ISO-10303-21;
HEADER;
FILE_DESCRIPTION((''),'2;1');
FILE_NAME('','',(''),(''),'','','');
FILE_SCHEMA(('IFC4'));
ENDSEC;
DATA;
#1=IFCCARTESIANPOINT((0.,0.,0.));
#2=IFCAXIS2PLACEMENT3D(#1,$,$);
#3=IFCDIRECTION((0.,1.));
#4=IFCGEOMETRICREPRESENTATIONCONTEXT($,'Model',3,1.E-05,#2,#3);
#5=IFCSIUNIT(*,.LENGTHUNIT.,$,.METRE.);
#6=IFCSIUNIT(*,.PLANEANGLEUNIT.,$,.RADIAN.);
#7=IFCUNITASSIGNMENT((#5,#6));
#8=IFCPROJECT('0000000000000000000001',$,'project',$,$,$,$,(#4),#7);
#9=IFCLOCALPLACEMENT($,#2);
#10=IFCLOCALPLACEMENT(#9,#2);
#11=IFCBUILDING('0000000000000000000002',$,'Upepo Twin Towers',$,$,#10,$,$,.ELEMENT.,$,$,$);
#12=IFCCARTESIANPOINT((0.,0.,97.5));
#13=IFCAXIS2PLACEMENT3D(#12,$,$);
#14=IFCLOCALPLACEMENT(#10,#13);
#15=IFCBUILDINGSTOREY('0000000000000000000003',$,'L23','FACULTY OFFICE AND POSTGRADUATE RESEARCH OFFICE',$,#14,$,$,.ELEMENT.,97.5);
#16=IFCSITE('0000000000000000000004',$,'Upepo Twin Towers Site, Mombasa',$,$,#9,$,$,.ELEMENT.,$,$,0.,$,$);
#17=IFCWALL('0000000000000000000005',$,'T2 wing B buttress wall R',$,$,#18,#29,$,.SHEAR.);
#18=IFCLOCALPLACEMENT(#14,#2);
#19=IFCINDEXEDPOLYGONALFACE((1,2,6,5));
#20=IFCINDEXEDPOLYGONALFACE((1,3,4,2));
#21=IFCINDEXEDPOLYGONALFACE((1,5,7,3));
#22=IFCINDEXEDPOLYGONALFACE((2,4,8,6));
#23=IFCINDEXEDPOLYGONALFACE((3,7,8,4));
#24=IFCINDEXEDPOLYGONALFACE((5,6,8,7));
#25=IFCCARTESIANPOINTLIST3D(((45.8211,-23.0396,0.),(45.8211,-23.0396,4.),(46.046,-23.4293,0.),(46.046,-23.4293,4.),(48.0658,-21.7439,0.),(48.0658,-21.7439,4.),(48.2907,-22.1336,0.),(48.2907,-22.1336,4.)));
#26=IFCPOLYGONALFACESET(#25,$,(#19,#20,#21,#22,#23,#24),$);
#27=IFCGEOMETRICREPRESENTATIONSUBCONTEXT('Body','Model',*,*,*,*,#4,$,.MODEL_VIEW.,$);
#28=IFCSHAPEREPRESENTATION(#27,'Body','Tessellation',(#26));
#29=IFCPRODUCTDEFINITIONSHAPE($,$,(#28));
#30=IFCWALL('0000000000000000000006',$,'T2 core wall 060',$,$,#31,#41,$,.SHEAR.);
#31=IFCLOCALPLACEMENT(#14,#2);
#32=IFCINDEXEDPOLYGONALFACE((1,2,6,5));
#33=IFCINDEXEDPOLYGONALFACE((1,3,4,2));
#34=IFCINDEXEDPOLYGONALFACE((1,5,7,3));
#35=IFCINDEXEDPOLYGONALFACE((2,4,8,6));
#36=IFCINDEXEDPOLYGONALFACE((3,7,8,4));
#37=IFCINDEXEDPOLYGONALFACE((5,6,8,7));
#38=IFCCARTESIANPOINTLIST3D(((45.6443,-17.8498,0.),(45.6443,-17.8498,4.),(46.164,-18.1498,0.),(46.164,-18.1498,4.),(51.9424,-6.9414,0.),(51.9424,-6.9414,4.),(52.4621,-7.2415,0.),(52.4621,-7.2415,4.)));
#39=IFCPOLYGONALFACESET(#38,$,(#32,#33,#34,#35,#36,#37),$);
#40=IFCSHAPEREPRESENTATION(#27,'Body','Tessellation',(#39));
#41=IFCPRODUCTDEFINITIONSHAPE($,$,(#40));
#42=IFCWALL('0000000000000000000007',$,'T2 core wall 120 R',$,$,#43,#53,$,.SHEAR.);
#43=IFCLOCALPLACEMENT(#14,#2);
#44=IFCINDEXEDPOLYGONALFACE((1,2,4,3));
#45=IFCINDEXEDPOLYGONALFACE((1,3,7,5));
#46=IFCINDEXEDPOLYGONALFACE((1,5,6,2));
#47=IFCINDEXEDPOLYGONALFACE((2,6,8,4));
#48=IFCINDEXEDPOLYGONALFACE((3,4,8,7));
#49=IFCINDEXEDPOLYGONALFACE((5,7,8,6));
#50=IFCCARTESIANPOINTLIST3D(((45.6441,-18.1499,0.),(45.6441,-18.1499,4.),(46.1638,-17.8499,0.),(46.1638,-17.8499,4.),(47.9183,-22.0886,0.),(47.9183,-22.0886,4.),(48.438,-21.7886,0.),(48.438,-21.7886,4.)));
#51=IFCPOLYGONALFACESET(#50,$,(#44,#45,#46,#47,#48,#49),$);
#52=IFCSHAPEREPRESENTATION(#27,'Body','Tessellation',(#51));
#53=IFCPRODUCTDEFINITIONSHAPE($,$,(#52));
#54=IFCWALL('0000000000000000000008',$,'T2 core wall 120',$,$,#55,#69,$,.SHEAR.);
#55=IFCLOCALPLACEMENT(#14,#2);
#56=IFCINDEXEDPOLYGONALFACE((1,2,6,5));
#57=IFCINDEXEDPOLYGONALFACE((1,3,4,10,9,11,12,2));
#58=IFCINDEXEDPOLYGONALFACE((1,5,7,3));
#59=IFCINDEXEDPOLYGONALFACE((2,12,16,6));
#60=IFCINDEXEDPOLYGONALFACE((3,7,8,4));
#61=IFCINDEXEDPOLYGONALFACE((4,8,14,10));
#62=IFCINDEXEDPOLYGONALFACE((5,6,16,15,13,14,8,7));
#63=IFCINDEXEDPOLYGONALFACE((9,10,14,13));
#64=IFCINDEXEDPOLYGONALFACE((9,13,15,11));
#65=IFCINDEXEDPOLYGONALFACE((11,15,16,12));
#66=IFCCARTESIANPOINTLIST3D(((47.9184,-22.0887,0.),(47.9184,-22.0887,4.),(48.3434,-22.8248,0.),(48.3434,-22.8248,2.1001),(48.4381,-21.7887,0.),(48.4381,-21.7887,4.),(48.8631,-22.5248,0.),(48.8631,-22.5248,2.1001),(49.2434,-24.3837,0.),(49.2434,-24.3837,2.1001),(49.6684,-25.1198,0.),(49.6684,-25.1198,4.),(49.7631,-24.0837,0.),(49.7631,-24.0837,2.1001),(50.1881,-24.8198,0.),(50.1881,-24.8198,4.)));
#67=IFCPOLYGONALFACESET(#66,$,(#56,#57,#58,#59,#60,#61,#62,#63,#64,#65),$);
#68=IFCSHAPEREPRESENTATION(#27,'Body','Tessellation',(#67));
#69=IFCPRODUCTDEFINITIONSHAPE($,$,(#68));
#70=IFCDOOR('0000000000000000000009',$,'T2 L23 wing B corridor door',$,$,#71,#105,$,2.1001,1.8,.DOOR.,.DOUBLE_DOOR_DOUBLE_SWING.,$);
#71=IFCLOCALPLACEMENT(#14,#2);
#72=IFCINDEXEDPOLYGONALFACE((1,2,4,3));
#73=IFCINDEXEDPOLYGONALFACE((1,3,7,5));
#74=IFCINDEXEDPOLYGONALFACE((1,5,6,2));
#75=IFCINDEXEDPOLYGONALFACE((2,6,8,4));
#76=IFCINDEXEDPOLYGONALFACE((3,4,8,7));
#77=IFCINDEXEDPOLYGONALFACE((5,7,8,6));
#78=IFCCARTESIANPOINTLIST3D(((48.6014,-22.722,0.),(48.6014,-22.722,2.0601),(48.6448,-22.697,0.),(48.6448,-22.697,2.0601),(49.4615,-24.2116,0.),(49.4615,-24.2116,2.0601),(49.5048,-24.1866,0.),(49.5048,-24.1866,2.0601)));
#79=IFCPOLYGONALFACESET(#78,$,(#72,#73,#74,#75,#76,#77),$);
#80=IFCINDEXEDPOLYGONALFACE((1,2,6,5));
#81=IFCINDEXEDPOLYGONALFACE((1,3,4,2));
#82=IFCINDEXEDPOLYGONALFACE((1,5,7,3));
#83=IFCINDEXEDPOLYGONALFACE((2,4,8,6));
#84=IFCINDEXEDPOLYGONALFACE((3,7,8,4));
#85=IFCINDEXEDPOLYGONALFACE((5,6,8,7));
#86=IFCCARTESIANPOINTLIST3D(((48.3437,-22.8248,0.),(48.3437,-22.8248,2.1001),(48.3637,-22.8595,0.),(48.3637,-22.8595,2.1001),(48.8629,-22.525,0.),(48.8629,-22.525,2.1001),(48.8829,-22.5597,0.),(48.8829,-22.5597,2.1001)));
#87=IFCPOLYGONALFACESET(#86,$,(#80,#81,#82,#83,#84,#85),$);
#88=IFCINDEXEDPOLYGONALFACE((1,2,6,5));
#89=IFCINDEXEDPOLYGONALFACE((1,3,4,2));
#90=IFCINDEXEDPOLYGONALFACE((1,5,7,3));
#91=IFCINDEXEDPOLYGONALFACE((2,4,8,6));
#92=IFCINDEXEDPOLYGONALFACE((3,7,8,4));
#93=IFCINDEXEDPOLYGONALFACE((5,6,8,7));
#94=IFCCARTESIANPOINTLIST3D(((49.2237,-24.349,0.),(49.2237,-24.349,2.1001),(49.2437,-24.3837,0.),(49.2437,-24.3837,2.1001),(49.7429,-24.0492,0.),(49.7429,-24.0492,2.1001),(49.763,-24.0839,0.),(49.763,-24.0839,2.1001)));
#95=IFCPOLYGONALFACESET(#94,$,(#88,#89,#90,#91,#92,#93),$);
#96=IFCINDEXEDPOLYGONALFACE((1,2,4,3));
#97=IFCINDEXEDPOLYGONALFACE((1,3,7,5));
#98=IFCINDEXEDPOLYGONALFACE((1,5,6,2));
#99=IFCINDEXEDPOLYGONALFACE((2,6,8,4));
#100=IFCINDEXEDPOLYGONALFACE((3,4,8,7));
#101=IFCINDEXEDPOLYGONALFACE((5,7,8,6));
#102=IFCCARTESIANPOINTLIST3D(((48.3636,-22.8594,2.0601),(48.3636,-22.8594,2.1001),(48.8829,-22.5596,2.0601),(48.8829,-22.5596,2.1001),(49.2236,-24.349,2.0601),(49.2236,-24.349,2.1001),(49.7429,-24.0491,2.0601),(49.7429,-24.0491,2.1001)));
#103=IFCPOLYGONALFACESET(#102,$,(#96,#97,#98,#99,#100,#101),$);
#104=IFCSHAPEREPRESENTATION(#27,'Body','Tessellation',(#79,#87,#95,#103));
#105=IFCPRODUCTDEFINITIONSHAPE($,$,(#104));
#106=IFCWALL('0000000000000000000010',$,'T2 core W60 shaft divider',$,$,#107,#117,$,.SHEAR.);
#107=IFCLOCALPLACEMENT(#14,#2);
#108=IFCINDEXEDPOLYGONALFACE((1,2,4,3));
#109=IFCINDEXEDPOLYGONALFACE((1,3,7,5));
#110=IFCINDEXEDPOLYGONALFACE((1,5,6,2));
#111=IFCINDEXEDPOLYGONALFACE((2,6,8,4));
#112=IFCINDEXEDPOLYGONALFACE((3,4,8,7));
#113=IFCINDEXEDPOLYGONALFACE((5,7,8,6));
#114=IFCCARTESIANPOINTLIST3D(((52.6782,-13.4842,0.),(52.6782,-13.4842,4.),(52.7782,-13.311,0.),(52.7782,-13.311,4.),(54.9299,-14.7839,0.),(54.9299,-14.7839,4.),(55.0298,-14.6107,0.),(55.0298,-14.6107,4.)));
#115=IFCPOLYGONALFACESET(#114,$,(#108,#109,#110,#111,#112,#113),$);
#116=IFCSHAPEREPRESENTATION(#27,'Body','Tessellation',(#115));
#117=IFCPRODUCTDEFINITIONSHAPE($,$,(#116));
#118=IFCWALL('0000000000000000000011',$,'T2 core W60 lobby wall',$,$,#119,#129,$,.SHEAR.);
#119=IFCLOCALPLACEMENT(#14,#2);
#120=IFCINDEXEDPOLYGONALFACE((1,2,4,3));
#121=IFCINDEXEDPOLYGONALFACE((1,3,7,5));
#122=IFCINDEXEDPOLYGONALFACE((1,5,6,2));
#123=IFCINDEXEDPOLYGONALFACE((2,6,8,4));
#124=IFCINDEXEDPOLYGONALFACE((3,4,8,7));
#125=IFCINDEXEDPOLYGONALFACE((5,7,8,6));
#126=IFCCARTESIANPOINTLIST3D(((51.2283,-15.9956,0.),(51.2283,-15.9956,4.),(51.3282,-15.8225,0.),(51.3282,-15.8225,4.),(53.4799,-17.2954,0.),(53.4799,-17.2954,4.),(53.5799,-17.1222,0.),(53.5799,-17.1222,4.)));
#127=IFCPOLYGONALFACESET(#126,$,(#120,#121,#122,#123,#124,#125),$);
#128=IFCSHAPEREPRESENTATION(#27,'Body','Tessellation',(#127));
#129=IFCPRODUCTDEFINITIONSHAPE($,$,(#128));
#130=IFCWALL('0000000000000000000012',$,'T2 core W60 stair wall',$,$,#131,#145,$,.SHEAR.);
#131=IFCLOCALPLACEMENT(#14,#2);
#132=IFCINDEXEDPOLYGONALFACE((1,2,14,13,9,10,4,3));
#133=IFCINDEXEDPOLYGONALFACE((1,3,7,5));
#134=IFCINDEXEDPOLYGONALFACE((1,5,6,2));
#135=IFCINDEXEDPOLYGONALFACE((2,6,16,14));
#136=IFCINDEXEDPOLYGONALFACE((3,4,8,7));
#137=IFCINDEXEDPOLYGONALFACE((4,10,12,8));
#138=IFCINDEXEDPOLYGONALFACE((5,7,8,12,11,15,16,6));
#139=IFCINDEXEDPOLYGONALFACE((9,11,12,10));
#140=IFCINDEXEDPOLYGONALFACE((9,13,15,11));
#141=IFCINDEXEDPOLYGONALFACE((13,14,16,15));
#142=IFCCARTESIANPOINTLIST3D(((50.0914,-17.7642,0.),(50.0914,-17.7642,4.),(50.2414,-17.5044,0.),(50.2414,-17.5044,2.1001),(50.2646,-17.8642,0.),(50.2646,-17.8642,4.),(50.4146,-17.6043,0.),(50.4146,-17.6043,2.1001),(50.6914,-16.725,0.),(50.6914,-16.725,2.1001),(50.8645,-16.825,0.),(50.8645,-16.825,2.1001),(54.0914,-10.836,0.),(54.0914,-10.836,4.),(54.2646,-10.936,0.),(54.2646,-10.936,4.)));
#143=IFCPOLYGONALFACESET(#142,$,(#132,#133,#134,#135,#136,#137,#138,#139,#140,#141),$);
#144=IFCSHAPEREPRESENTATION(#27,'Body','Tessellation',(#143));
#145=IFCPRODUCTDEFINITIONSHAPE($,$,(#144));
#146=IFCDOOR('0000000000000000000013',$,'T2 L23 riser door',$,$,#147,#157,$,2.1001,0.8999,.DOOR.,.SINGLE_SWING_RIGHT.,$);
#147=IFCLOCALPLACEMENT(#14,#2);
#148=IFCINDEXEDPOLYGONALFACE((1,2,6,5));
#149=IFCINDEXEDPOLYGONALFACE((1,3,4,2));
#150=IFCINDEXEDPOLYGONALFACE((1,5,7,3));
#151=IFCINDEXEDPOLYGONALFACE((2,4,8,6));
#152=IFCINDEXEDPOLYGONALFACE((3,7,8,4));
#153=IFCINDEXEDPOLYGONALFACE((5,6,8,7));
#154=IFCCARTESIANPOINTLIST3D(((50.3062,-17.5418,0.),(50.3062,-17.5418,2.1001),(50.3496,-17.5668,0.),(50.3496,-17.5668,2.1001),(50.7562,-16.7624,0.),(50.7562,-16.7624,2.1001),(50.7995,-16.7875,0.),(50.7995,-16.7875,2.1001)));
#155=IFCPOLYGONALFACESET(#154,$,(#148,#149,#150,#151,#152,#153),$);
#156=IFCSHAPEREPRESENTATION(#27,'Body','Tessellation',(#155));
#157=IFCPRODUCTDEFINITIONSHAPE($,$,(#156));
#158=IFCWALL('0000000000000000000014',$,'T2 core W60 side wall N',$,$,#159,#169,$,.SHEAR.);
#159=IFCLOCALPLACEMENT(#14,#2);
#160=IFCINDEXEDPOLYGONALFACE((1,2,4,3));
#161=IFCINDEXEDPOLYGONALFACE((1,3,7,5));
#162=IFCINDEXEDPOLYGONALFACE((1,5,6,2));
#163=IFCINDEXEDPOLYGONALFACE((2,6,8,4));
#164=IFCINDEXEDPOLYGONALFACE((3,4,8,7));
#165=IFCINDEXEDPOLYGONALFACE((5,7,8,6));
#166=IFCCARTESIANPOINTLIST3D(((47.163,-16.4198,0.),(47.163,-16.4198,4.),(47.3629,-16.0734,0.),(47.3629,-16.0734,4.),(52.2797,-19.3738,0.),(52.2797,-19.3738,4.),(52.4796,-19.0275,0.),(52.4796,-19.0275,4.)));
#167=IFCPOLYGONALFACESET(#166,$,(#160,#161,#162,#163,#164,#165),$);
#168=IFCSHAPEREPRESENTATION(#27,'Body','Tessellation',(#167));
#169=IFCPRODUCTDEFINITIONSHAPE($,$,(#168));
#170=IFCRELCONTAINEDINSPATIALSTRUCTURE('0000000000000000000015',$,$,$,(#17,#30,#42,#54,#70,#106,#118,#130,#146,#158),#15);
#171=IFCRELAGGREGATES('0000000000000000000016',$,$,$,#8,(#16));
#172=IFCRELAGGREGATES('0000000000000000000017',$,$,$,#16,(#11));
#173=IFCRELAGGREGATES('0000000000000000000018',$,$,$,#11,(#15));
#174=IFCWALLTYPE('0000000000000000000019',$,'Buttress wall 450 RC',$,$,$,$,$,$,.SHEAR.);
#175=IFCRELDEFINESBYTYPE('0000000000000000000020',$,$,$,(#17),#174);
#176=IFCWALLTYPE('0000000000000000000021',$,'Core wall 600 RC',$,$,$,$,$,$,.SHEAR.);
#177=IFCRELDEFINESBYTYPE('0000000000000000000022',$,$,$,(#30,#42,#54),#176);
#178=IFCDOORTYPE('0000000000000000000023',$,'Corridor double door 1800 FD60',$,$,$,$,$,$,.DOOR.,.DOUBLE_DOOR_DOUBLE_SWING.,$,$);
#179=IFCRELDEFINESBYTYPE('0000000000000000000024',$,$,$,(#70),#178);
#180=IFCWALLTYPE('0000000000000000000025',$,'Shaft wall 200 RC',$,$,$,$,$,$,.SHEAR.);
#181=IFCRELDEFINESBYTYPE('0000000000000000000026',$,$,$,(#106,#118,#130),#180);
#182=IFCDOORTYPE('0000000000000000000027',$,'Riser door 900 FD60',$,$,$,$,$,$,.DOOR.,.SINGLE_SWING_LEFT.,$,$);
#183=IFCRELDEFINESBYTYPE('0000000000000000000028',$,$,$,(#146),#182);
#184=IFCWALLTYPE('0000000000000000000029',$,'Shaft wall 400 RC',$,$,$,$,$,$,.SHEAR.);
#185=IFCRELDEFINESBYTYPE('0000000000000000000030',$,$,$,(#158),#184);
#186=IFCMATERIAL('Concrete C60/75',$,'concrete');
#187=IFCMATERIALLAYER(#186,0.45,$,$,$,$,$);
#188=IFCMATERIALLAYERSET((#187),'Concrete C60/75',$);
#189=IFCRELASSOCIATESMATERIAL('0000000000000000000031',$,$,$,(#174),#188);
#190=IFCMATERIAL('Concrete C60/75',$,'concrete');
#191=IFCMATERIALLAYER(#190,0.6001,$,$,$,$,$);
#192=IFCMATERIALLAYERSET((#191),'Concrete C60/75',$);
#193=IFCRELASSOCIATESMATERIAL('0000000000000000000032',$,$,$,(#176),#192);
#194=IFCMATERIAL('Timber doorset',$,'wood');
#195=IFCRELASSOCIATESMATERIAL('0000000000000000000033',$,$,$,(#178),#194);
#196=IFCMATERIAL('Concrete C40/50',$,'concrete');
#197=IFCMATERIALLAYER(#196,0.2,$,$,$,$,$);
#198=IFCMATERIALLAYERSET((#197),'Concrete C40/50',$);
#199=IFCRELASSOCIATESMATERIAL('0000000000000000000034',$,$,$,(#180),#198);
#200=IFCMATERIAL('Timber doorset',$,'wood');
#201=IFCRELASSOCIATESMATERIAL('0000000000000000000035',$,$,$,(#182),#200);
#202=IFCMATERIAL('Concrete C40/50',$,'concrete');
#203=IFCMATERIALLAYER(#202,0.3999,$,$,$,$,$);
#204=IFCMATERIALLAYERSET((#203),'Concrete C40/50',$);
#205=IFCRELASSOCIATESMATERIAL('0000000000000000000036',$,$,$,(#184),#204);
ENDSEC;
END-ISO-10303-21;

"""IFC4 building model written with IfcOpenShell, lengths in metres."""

from ifc_helpers import new_model, si_unit, direction, frame, frame_2d, origin, place, context, subcontext, project, spatial, rectangle, extrude, material, layer, layer_set, type_object, element, fill, save


model = new_model("IFC4")

# Units and contexts
model_context = context("Model", 3, precision=1e-05, world=origin(), true_north=direction((0.0, 1.0)))
body_context = subcontext(model_context, "Body", "Model", "MODEL_VIEW")
ifc_project = project(units=[si_unit("LENGTHUNIT", "METRE"), si_unit("PLANEANGLEUNIT", "RADIAN")], contexts=[model_context])

# Site, building, storey
site_placement = place(None, origin())
site = spatial("IfcSite", under=ifc_project, at=site_placement, Name="Upepo Twin Towers Site, Mombasa", CompositionType="ELEMENT", RefElevation=0.0)
building_placement = place(site_placement, origin())
building = spatial("IfcBuilding", under=site, at=building_placement, Name="Upepo Twin Towers", CompositionType="ELEMENT")
storey_placement = place(building_placement, frame((0.0, 0.0, 97.5)))
storey = spatial("IfcBuildingStorey", under=building, at=storey_placement, Name="L23", Description="FACULTY OFFICE AND POSTGRADUATE RESEARCH OFFICE", CompositionType="ELEMENT", Elevation=97.5)

# Walls
ifc_material_1 = material(Name="Concrete C60/75", Category="concrete")
ifc_layer_1 = layer(ifc_material_1, 0.45)
ifc_layer_set_1 = layer_set([ifc_layer_1], Name="Concrete C60/75")
wall_type_1 = type_object("IfcWallType", Name="Buttress wall 450 RC", PredefinedType="SHEAR", material=ifc_layer_set_1)
wall_1_placement = place(storey_placement, frame((48.1782, -21.9387, 0.0), z_axis=(0.0, 0.0, 1.0), x_axis=(-0.866073, -0.499918, 0.0)))
element("IfcWall", 1, at=wall_1_placement, inside=storey, type_object=wall_type_1, Name="T2 wing B buttress wall R", PredefinedType="SHEAR", context=body_context, shape_type="SweptSolid", body=[
    extrude(rectangle(XDim=2.5918, YDim=0.45, at=frame_2d((1.2959, 0.0))), origin(), (0.0, 0.0, 1.0), 4.0),
])
ifc_material_2 = material(Name="Concrete C60/75", Category="concrete")
ifc_layer_2 = layer(ifc_material_2, 0.6001)
ifc_layer_set_2 = layer_set([ifc_layer_2], Name="Concrete C60/75")
wall_type_2 = type_object("IfcWallType", Name="Core wall 600 RC", PredefinedType="SHEAR", material=ifc_layer_set_2)
wall_2_placement = place(storey_placement, frame((52.2021, -7.0916, 0.0), z_axis=(0.0, 0.0, 1.0), x_axis=(-0.500006, -0.866022, 0.0)))
element("IfcWall", 2, at=wall_2_placement, inside=storey, type_object=wall_type_2, Name="T2 core wall 060", PredefinedType="SHEAR", context=body_context, shape_type="SweptSolid", body=[
    extrude(rectangle(XDim=12.5959, YDim=0.6001, at=frame_2d((6.2979, 0.0))), origin(), (0.0, 0.0, 1.0), 4.0),
])
wall_3_placement = place(storey_placement, frame((45.9041, -18.0, 0.0), z_axis=(0.0, 0.0, 1.0), x_axis=(0.500024, -0.866011, 0.0)))
element("IfcWall", 3, at=wall_3_placement, inside=storey, type_object=wall_type_2, Name="T2 core wall 120 R", PredefinedType="SHEAR", context=body_context, shape_type="SweptSolid", body=[
    extrude(rectangle(XDim=4.5481, YDim=0.6001, at=frame_2d((2.2739, 0.0))), origin(), (0.0, 0.0, 1.0), 4.0),
])

# Wall, opening, door
wall_4_placement = place(storey_placement, frame((48.1782, -21.9387, 0.0), z_axis=(0.0, 0.0, 1.0), x_axis=(0.50001, -0.866019, 0.0)))
wall_4 = element("IfcWall", 4, at=wall_4_placement, inside=storey, type_object=wall_type_2, Name="T2 core wall 120", PredefinedType="SHEAR", context=body_context, shape_type="SweptSolid", body=[
    extrude(rectangle(XDim=3.5, YDim=0.6001, at=frame_2d((1.75, 0.0))), origin(), (0.0, 0.0, 1.0), 4.0),
])
opening_1_placement = place(wall_4_placement, frame((0.8501, 0.0, 0.0)))
opening_1 = element("IfcOpeningElement", 5, at=opening_1_placement, cuts=wall_4, PredefinedType="OPENING", context=body_context, shape_type="SweptSolid", body=[
    extrude(rectangle(XDim=1.8, YDim=2.1001, at=frame_2d((0.8999, 1.05))), frame((0.0, 0.3101, 0.0), z_axis=(0.0, -1.0, 0.0), x_axis=(1.0, 0.0, 0.0)), (0.0, 0.0, 1.0), 0.6201),
])
ifc_material_3 = material(Name="Timber doorset", Category="wood")
door_type_1 = type_object("IfcDoorType", Name="Corridor double door 1800 FD60", OperationType="DOUBLE_DOOR_DOUBLE_SWING", PredefinedType="DOOR", material=ifc_material_3)
door_1_placement = place(opening_1_placement, origin())
door_1 = element("IfcDoor", 6, at=door_1_placement, inside=storey, type_object=door_type_1, Name="T2 L23 wing B corridor door", OperationType="DOUBLE_DOOR_DOUBLE_SWING", OverallHeight=2.1001, OverallWidth=1.8, PredefinedType="DOOR", context=body_context, shape_type="SweptSolid", body=[
    extrude(rectangle(XDim=1.72, YDim=2.0601, at=frame_2d((0.8999, 1.03))), frame((0.0, 0.0249, 0.0), z_axis=(0.0, -1.0, 0.0), x_axis=(1.0, 0.0, 0.0)), (0.0, 0.0, 1.0), 0.05),
    extrude(rectangle(XDim=0.04, YDim=2.1001, at=frame_2d((0.02, 1.05))), frame((0.0, 0.2998, 0.0), z_axis=(0.0, -1.0, 0.0), x_axis=(1.0, 0.0, 0.0)), (0.0, 0.0, 1.0), 0.5996),
    extrude(rectangle(XDim=0.04, YDim=2.1001, at=frame_2d((1.78, 1.05))), frame((0.0, 0.2998, 0.0), z_axis=(0.0, -1.0, 0.0), x_axis=(1.0, 0.0, 0.0)), (0.0, 0.0, 1.0), 0.5996),
    extrude(rectangle(XDim=1.72, YDim=0.04, at=frame_2d((0.8999, 2.0801))), frame((0.0, 0.2998, 0.0), z_axis=(0.0, -1.0, 0.0), x_axis=(1.0, 0.0, 0.0)), (0.0, 0.0, 1.0), 0.5996),
])
fill(opening_1, door_1)

# Walls
ifc_material_4 = material(Name="Concrete C40/50", Category="concrete")
ifc_layer_3 = layer(ifc_material_4, 0.2)
ifc_layer_set_3 = layer_set([ifc_layer_3], Name="Concrete C40/50")
wall_type_3 = type_object("IfcWallType", Name="Shaft wall 200 RC", PredefinedType="SHEAR", material=ifc_layer_set_3)
for number, where, z_axis, x_axis, name in (
    (7, (54.9797, -14.6973, 0.0), (0.0, 0.0, 1.0), (-0.866062, 0.499937, 0.0), "T2 core W60 shaft divider"),
    (8, (53.5298, -17.2087, 0.0), (0.0, 0.0, 1.0), (-0.866062, 0.499937, 0.0), "T2 core W60 lobby wall"),
):
    element("IfcWall", number, at=place(storey_placement, frame(where, z_axis=z_axis, x_axis=x_axis)), inside=storey, type_object=wall_type_3, Name=name, PredefinedType="SHEAR", context=body_context, shape_type="SweptSolid", body=[
        extrude(rectangle(XDim=2.5999, YDim=0.2, at=frame_2d((1.2998, 0.0))), origin(), (0.0, 0.0, 1.0), 4.0),
    ])

# Wall, opening, door
wall_5_placement = place(storey_placement, frame((54.178, -10.886, 0.0), z_axis=(0.0, 0.0, 1.0), x_axis=(-0.499999, -0.866026, 0.0)))
wall_5 = element("IfcWall", 9, at=wall_5_placement, inside=storey, type_object=wall_type_3, Name="T2 core W60 stair wall", PredefinedType="SHEAR", context=body_context, shape_type="SweptSolid", body=[
    extrude(rectangle(XDim=8.0, YDim=0.2, at=frame_2d((4.0, 0.0))), origin(), (0.0, 0.0, 1.0), 4.0),
])
opening_2_placement = place(wall_5_placement, frame((6.8, 0.0, 0.0)))
opening_2 = element("IfcOpeningElement", 10, at=opening_2_placement, cuts=wall_5, PredefinedType="OPENING", context=body_context, shape_type="SweptSolid", body=[
    extrude(rectangle(XDim=0.8999, YDim=2.1001, at=frame_2d((0.45, 1.05))), frame((0.0, 0.1099, 0.0), z_axis=(0.0, -1.0, 0.0), x_axis=(1.0, 0.0, 0.0)), (0.0, 0.0, 1.0), 0.22),
])
ifc_material_5 = material(Name="Timber doorset", Category="wood")
door_type_2 = type_object("IfcDoorType", Name="Riser door 900 FD60", OperationType="SINGLE_SWING_LEFT", PredefinedType="DOOR", material=ifc_material_5)
door_2_placement = place(opening_2_placement, origin())
door_2 = element("IfcDoor", 11, at=door_2_placement, inside=storey, type_object=door_type_2, Name="T2 L23 riser door", OperationType="SINGLE_SWING_RIGHT", OverallHeight=2.1001, OverallWidth=0.8999, PredefinedType="DOOR", context=body_context, shape_type="SweptSolid", body=[
    extrude(rectangle(XDim=0.8999, YDim=2.1001, at=frame_2d((0.45, 1.05))), frame((0.0, 0.0249, 0.0), z_axis=(0.0, -1.0, 0.0), x_axis=(1.0, 0.0, 0.0)), (0.0, 0.0, 1.0), 0.05),
])
fill(opening_2, door_2)

# Wall
ifc_material_6 = material(Name="Concrete C40/50", Category="concrete")
ifc_layer_4 = layer(ifc_material_6, 0.3999)
ifc_layer_set_4 = layer_set([ifc_layer_4], Name="Concrete C40/50")
wall_type_4 = type_object("IfcWallType", Name="Shaft wall 400 RC", PredefinedType="SHEAR", material=ifc_layer_set_4)
wall_6_placement = place(storey_placement, frame((52.3796, -19.2007, 0.0), z_axis=(0.0, 0.0, 1.0), x_axis=(-0.866027, 0.499997, 0.0)))
element("IfcWall", 12, at=wall_6_placement, inside=storey, type_object=wall_type_4, Name="T2 core W60 side wall N", PredefinedType="SHEAR", context=body_context, shape_type="SweptSolid", body=[
    extrude(rectangle(XDim=5.9082, YDim=0.3999, at=frame_2d((2.9541, 0.0))), origin(), (0.0, 0.0, 1.0), 4.0),
])

save(model, "model.ifc")
